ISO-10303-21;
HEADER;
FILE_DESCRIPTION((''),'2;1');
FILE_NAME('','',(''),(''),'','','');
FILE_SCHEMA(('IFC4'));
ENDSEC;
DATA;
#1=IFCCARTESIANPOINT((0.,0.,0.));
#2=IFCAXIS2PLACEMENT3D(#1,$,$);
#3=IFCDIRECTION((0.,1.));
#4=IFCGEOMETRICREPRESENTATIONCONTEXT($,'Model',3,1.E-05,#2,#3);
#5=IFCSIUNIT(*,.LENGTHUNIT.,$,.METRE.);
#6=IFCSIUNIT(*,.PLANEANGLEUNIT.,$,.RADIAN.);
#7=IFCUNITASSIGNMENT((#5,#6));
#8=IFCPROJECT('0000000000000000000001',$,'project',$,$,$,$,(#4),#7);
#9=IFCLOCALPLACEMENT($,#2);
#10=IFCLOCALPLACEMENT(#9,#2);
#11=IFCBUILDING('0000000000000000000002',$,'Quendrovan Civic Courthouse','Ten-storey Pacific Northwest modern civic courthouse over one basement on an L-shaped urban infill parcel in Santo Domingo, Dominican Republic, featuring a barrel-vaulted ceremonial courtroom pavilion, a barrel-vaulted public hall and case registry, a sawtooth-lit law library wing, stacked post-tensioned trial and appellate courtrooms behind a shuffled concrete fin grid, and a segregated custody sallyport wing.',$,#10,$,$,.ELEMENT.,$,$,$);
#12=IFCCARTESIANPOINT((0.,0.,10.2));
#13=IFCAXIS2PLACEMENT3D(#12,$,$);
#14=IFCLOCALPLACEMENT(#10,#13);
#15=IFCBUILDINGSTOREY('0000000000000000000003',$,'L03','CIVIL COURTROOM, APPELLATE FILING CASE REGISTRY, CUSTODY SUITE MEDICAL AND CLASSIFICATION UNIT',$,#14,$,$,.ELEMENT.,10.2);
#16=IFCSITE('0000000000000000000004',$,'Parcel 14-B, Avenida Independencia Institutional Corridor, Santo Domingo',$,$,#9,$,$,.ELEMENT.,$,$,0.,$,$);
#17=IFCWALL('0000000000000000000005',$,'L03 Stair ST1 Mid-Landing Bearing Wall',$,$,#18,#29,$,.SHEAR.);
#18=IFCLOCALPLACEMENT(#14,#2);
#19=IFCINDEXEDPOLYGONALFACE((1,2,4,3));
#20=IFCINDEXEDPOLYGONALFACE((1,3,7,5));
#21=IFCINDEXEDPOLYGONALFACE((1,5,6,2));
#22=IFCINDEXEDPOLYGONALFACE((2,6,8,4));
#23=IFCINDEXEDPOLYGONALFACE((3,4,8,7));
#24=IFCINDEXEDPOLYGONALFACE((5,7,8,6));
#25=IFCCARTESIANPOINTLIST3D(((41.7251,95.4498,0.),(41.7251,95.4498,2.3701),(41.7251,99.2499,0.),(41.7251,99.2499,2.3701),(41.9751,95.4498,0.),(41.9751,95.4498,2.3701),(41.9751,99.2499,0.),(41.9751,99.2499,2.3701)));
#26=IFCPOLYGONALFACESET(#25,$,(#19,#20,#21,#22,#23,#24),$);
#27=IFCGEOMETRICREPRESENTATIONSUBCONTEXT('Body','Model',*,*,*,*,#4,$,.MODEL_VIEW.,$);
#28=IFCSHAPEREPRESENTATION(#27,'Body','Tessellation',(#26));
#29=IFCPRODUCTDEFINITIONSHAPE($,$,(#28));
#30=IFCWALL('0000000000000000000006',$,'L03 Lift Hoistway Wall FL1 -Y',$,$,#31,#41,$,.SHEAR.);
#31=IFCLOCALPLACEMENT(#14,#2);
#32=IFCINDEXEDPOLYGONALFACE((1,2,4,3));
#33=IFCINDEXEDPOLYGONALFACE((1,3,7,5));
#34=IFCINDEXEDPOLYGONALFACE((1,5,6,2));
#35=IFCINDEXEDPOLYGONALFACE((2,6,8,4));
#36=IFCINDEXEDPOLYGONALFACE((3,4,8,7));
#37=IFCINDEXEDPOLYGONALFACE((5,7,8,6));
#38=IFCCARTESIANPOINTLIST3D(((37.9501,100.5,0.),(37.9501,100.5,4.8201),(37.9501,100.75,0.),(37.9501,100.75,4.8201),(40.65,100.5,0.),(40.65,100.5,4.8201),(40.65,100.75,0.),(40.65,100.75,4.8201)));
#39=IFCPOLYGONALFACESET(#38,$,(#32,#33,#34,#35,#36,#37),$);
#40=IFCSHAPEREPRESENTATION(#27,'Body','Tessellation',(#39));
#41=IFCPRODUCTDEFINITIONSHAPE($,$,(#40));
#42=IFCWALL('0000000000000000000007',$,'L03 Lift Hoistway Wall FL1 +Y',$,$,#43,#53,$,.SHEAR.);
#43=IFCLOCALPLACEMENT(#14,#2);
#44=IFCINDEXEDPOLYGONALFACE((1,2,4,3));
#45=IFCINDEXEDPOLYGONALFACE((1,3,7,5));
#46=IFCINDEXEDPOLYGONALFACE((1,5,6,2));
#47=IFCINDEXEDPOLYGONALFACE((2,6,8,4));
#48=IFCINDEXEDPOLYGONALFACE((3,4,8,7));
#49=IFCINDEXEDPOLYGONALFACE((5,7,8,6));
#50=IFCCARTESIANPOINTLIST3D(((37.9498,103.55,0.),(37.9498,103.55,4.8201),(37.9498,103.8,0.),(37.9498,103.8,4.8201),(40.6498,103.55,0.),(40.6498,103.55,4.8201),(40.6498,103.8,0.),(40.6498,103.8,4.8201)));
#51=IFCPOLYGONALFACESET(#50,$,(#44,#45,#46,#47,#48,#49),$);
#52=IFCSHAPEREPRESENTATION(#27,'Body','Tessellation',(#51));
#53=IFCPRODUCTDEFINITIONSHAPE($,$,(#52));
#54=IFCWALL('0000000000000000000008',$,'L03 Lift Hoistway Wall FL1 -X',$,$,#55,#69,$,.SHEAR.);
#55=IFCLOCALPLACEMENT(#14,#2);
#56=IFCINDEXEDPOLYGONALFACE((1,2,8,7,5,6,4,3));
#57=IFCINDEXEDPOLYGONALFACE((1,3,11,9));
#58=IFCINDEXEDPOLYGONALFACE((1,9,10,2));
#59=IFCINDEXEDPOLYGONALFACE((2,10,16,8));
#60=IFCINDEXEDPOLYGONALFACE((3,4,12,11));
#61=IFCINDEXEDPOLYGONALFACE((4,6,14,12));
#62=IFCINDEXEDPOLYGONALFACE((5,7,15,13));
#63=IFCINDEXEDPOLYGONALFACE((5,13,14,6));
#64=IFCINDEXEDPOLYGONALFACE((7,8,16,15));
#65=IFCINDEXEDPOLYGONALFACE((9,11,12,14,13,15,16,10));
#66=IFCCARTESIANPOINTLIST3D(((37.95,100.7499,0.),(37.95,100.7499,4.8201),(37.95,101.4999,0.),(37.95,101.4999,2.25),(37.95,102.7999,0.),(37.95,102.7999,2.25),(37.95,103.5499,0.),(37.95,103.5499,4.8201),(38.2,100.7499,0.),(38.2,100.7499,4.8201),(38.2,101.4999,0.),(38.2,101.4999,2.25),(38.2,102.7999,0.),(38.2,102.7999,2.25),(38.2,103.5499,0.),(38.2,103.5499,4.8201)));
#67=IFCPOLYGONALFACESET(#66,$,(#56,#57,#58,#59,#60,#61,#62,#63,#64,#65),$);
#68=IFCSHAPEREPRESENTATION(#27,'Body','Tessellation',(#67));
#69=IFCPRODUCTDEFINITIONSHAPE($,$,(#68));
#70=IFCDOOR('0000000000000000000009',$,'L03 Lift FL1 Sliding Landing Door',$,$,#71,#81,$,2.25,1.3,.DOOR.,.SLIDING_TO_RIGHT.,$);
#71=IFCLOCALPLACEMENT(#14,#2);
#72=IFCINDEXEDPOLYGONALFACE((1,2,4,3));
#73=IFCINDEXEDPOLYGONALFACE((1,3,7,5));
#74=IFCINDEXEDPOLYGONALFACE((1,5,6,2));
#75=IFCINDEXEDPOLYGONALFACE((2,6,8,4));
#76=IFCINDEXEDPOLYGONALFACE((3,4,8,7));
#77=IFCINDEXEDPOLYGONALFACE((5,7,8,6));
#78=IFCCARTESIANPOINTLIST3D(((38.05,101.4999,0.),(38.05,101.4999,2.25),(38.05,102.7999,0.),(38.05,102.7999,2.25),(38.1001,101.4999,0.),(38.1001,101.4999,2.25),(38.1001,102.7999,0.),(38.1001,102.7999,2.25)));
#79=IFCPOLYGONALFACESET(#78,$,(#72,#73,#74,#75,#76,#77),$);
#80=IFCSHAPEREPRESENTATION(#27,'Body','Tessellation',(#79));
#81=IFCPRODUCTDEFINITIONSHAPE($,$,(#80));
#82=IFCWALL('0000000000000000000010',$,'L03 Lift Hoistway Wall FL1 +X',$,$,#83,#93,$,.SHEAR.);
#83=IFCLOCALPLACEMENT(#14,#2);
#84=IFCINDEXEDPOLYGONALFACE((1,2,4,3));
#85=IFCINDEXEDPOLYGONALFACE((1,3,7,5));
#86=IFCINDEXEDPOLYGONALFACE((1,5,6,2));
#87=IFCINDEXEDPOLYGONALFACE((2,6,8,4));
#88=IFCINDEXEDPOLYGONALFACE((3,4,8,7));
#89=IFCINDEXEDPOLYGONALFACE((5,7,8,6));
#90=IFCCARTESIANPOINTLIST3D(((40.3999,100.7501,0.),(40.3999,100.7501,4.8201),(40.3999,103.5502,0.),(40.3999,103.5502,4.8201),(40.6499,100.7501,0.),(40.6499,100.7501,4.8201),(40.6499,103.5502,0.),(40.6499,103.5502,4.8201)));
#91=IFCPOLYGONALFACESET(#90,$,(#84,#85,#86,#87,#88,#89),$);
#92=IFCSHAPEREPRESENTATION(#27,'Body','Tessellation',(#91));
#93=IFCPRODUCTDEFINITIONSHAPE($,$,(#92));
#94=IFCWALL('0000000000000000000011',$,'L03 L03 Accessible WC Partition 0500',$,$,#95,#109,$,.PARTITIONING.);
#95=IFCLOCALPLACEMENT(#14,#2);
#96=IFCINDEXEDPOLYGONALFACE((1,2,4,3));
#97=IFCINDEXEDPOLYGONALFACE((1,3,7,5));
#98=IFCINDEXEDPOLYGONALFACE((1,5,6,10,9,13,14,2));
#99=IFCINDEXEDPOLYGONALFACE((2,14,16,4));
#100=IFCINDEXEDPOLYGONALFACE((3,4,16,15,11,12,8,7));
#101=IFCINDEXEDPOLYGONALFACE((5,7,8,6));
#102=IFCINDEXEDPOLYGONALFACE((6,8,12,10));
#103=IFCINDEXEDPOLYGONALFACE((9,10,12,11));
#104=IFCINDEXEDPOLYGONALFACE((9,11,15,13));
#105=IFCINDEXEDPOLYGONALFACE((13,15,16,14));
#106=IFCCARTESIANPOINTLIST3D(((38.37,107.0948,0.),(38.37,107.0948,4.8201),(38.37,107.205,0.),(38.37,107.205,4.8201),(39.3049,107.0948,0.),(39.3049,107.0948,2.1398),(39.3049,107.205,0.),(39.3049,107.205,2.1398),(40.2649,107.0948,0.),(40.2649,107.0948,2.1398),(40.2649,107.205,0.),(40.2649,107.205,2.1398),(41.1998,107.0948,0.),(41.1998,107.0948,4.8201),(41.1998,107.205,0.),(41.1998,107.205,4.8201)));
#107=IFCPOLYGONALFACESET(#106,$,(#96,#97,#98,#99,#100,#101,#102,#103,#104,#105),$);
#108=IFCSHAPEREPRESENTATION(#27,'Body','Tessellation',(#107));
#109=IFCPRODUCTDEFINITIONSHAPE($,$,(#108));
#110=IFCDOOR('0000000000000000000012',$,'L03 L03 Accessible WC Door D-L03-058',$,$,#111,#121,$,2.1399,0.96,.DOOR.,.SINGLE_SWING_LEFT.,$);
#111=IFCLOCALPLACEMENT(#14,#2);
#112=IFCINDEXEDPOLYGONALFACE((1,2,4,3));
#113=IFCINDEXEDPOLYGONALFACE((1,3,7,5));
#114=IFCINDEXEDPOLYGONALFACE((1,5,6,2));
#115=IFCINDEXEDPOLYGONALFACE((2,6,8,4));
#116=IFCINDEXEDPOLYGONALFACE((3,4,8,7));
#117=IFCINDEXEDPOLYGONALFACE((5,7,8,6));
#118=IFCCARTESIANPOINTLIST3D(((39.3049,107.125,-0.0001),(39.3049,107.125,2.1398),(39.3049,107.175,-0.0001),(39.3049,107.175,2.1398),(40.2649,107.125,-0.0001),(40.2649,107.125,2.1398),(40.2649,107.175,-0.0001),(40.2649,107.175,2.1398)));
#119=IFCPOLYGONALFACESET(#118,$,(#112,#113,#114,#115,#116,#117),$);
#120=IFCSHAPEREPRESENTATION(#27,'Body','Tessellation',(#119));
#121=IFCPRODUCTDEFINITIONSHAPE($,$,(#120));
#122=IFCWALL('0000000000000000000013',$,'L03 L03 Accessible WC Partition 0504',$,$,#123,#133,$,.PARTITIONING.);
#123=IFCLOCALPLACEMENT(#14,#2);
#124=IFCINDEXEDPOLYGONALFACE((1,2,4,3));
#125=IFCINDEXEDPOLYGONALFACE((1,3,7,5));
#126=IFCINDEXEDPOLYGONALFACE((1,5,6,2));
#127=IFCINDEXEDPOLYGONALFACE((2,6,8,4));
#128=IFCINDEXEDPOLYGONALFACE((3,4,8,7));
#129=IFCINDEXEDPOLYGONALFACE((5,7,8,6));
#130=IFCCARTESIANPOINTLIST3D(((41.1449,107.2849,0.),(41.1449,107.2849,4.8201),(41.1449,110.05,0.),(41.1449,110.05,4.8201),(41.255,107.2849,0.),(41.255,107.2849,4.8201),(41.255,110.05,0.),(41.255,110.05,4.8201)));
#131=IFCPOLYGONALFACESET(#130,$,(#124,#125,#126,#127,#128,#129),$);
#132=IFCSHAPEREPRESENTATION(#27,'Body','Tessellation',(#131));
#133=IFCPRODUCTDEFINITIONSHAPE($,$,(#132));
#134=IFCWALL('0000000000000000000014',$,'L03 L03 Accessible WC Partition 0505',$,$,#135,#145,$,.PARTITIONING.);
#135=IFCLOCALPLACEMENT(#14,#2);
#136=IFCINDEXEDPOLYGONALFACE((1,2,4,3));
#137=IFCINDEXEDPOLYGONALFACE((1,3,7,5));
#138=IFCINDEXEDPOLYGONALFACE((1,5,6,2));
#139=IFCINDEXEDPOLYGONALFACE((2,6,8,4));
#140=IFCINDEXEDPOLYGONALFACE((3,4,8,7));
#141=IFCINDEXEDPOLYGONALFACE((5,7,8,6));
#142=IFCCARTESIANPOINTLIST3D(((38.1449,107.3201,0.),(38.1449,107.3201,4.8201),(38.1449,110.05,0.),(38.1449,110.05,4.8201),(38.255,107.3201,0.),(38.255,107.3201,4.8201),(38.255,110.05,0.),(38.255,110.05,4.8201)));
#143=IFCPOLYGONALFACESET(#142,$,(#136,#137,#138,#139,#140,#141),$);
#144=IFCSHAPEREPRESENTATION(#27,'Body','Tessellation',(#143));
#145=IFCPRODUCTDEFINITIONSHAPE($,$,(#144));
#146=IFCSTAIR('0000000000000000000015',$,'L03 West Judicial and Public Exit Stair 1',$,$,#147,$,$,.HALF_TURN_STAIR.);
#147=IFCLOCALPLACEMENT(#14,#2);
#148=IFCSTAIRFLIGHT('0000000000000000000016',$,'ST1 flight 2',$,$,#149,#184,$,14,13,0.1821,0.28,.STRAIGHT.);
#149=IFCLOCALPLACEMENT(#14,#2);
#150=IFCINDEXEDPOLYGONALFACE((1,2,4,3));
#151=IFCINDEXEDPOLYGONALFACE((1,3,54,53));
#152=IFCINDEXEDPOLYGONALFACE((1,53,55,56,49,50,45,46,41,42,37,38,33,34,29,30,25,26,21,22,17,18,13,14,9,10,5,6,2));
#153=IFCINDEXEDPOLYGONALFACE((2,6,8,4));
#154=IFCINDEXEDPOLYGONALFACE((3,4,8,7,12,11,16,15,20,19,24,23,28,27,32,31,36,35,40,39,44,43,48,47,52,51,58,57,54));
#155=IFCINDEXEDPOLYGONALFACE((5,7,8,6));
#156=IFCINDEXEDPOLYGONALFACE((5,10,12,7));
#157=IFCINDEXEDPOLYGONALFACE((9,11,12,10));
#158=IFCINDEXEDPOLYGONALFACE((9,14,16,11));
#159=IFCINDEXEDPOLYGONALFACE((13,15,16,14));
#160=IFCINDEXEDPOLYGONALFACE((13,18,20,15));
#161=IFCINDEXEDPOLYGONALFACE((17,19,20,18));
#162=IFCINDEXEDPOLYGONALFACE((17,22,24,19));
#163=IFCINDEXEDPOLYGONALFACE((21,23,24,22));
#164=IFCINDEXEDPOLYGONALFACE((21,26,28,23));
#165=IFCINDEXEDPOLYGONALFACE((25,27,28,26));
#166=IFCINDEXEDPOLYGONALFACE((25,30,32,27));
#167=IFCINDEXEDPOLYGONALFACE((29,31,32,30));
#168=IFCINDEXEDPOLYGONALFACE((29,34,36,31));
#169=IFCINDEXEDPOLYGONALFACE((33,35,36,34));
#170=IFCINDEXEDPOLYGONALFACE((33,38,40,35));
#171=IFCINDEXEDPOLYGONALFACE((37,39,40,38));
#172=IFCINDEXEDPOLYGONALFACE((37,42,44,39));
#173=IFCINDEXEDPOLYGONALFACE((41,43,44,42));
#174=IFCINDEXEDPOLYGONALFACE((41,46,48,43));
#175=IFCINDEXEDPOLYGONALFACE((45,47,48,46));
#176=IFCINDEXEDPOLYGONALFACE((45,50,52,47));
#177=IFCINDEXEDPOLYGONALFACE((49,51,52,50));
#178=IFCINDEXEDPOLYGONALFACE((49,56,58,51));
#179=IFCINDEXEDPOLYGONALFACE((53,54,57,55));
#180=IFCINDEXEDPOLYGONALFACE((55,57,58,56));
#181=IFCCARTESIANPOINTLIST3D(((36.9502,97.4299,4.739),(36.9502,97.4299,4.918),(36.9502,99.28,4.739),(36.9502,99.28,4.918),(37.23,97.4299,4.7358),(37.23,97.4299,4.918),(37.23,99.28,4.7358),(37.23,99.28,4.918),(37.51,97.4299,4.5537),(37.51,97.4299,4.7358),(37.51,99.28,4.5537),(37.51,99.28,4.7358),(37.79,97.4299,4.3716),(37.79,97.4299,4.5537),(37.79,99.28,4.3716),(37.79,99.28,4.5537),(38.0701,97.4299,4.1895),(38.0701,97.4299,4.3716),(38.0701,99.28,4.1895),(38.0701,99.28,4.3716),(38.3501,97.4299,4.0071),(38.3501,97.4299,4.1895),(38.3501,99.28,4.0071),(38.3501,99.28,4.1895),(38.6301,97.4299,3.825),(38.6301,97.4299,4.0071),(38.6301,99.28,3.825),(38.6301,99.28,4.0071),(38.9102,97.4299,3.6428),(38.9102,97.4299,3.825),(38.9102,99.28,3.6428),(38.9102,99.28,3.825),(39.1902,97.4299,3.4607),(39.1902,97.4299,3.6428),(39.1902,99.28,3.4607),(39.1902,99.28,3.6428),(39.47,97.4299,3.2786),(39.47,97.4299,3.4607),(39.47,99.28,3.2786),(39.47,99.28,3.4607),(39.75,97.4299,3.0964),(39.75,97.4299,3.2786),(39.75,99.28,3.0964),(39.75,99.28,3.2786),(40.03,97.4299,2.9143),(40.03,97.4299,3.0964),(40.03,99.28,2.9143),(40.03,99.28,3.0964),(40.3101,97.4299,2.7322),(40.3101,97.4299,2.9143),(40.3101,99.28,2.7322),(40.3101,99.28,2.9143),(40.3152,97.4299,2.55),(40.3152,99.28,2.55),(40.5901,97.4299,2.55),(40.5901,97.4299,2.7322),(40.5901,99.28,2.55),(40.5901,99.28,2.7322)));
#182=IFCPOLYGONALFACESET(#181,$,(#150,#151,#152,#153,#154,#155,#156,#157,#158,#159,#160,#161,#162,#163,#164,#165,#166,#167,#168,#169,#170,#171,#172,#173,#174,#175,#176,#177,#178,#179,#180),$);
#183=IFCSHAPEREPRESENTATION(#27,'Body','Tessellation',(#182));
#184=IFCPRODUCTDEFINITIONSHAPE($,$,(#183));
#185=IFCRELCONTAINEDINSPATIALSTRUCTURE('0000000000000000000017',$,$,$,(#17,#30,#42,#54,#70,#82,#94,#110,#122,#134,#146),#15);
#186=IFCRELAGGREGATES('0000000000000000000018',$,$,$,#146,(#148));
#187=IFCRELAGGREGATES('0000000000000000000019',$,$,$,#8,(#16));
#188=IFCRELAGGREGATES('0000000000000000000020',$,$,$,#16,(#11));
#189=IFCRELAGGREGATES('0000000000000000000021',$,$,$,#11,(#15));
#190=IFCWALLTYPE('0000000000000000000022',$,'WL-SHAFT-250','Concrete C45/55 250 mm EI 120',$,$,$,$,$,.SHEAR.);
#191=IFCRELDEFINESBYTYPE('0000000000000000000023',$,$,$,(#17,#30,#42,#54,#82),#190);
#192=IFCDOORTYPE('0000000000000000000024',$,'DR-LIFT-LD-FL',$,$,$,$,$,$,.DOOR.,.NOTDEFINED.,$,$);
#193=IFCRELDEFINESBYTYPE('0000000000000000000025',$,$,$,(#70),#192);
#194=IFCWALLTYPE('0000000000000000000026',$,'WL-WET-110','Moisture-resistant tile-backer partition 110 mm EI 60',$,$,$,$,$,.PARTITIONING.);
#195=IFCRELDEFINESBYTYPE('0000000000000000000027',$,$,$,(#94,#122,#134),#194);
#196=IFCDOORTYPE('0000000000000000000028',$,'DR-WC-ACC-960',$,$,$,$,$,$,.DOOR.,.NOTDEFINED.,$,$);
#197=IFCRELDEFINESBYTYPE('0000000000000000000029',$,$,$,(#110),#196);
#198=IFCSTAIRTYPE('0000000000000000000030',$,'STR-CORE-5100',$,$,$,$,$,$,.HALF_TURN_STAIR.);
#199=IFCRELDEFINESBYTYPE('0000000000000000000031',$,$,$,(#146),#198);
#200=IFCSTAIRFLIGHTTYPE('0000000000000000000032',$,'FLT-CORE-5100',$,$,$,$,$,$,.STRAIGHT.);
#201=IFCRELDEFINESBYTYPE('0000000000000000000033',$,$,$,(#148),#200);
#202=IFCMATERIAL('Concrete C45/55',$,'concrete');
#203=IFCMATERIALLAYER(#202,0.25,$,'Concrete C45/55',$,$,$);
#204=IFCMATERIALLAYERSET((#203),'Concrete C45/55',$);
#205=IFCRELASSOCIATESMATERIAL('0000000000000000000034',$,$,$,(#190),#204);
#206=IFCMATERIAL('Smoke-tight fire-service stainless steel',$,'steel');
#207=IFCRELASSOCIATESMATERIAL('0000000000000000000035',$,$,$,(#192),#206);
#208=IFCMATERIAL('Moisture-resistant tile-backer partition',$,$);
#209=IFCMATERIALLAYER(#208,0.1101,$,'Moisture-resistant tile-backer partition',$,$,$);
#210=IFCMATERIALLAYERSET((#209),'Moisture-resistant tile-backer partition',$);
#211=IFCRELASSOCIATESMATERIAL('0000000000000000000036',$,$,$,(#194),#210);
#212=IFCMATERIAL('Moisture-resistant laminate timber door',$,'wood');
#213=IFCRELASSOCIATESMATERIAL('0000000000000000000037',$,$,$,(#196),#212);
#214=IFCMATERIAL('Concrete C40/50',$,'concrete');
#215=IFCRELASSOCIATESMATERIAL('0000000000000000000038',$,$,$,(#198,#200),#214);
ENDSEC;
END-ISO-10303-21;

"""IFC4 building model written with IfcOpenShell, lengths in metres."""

from ifc_helpers import new_model, si_unit, direction, frame, frame_2d, origin, place, context, subcontext, project, spatial, polyline, rectangle, outline, extrude, material, layer, layer_set, type_object, element, fill, aggregate, save


model = new_model("IFC4")

# Units and contexts
model_context = context("Model", 3, precision=1e-05, world=origin(), true_north=direction((0.0, 1.0)))
body_context = subcontext(model_context, "Body", "Model", "MODEL_VIEW")
ifc_project = project(units=[si_unit("LENGTHUNIT", "METRE"), si_unit("PLANEANGLEUNIT", "RADIAN")], contexts=[model_context])

# Site, building, storey
site_placement = place(None, origin())
site = spatial("IfcSite", under=ifc_project, at=site_placement, Name="Parcel 14-B, Avenida Independencia Institutional Corridor, Santo Domingo", CompositionType="ELEMENT", RefElevation=0.0)
building_placement = place(site_placement, origin())
building = spatial("IfcBuilding", under=site, at=building_placement, Name="Quendrovan Civic Courthouse", Description="Ten-storey Pacific Northwest modern civic courthouse over one basement on an L-shaped urban infill parcel in Santo Domingo, Dominican Republic, featuring a barrel-vaulted ceremonial courtroom pavilion, a barrel-vaulted public hall and case registry, a sawtooth-lit law library wing, stacked post-tensioned trial and appellate courtrooms behind a shuffled concrete fin grid, and a segregated custody sallyport wing.", CompositionType="ELEMENT")
storey_placement = place(building_placement, frame((0.0, 0.0, 10.2)))
storey = spatial("IfcBuildingStorey", under=building, at=storey_placement, Name="L03", Description="CIVIL COURTROOM, APPELLATE FILING CASE REGISTRY, CUSTODY SUITE MEDICAL AND CLASSIFICATION UNIT", CompositionType="ELEMENT", Elevation=10.2)

# Walls
ifc_material_1 = material(Name="Concrete C40/50", Category="concrete")
ifc_material_2 = material(Name="Concrete C45/55", Category="concrete")
ifc_layer_1 = layer(ifc_material_2, 0.25, Name="Concrete C45/55")
ifc_layer_set_1 = layer_set([ifc_layer_1], Name="Concrete C45/55")
wall_type_1 = type_object("IfcWallType", Name="WL-SHAFT-250", Description="Concrete C45/55 250 mm EI 120", PredefinedType="SHEAR", material=ifc_layer_set_1)
wall_1_placement = place(storey_placement, frame((41.8501, 95.45, 0.0), z_axis=(0.0, 0.0, 1.0), x_axis=(0.0, 1.0, 0.0)))
element("IfcWall", 1, at=wall_1_placement, inside=storey, type_object=wall_type_1, Name="L03 Stair ST1 Mid-Landing Bearing Wall", PredefinedType="SHEAR", context=body_context, shape_type="SweptSolid", body=[
    extrude(rectangle(XDim=3.8, YDim=0.25, at=frame_2d((1.8999, 0.0))), origin(), (0.0, 0.0, 1.0), 2.3701),
])
for number, where, z_axis, x_axis, name in (
    (2, (37.95, 100.625, 0.0), (0.0, 0.0, 1.0), (1.0, 0.0, 0.0), "L03 Lift Hoistway Wall FL1 -Y"),
    (3, (40.6499, 103.675, 0.0), (0.0, 0.0, 1.0), (-1.0, 0.0, 0.0), "L03 Lift Hoistway Wall FL1 +Y"),
):
    element("IfcWall", number, at=place(storey_placement, frame(where, z_axis=z_axis, x_axis=x_axis)), inside=storey, type_object=wall_type_1, Name=name, PredefinedType="SHEAR", context=body_context, shape_type="SweptSolid", body=[
        extrude(rectangle(XDim=2.7, YDim=0.25, at=frame_2d((1.3501, 0.0))), origin(), (0.0, 0.0, 1.0), 4.8201),
    ])

# Wall, opening, door
wall_2_placement = place(storey_placement, frame((38.075, 100.75, 0.0), z_axis=(0.0, 0.0, 1.0), x_axis=(0.0, 1.0, 0.0)))
wall_2 = element("IfcWall", 4, at=wall_2_placement, inside=storey, type_object=wall_type_1, Name="L03 Lift Hoistway Wall FL1 -X", PredefinedType="SHEAR", context=body_context, shape_type="SweptSolid", body=[
    extrude(rectangle(XDim=2.8, YDim=0.25, at=frame_2d((1.3999, 0.0))), origin(), (0.0, 0.0, 1.0), 4.8201),
])
opening_1_placement = place(wall_2_placement, frame((0.75, 0.0, 0.0)))
opening_1 = element("IfcOpeningElement", 5, at=opening_1_placement, cuts=wall_2, PredefinedType="OPENING", context=body_context, shape_type="SweptSolid", body=[
    extrude(rectangle(XDim=1.3, YDim=2.25, at=frame_2d((0.6499, 1.125))), frame((0.0, 0.135, 0.0), z_axis=(0.0, -1.0, 0.0), x_axis=(1.0, 0.0, 0.0)), (0.0, 0.0, 1.0), 0.27),
])
ifc_material_3 = material(Name="Smoke-tight fire-service stainless steel", Category="steel")
door_type_1 = type_object("IfcDoorType", Name="DR-LIFT-LD-FL", OperationType="NOTDEFINED", PredefinedType="DOOR", material=ifc_material_3)
door_1_placement = place(opening_1_placement, origin())
door_1 = element("IfcDoor", 6, at=door_1_placement, inside=storey, type_object=door_type_1, Name="L03 Lift FL1 Sliding Landing Door", OperationType="SLIDING_TO_RIGHT", OverallHeight=2.25, OverallWidth=1.3, PredefinedType="DOOR", context=body_context, shape_type="SweptSolid", body=[
    extrude(rectangle(XDim=1.3, YDim=2.25, at=frame_2d((0.6499, 1.125))), frame((0.0, 0.0249, 0.0), z_axis=(0.0, -1.0, 0.0), x_axis=(1.0, 0.0, 0.0)), (0.0, 0.0, 1.0), 0.05),
])
fill(opening_1, door_1)

# Wall
wall_3_placement = place(storey_placement, frame((40.5249, 103.55, 0.0), z_axis=(0.0, 0.0, 1.0), x_axis=(0.0, -1.0, 0.0)))
element("IfcWall", 7, at=wall_3_placement, inside=storey, type_object=wall_type_1, Name="L03 Lift Hoistway Wall FL1 +X", PredefinedType="SHEAR", context=body_context, shape_type="SweptSolid", body=[
    extrude(rectangle(XDim=2.8, YDim=0.25, at=frame_2d((1.3999, 0.0))), origin(), (0.0, 0.0, 1.0), 4.8201),
])

# Wall, opening, door
ifc_material_4 = material(Name="Moisture-resistant tile-backer partition")
ifc_layer_2 = layer(ifc_material_4, 0.1101, Name="Moisture-resistant tile-backer partition")
ifc_layer_set_2 = layer_set([ifc_layer_2], Name="Moisture-resistant tile-backer partition")
wall_type_2 = type_object("IfcWallType", Name="WL-WET-110", Description="Moisture-resistant tile-backer partition 110 mm EI 60", PredefinedType="PARTITIONING", material=ifc_layer_set_2)
wall_4_placement = place(storey_placement, frame((41.2, 107.1499, 0.0), z_axis=(0.0, 0.0, 1.0), x_axis=(-1.0, 0.0, 0.0)))
wall_4 = element("IfcWall", 8, at=wall_4_placement, inside=storey, type_object=wall_type_2, Name="L03 L03 Accessible WC Partition 0500", PredefinedType="PARTITIONING", context=body_context, shape_type="SweptSolid", body=[
    extrude(rectangle(XDim=2.8298, YDim=0.1101, at=frame_2d((1.415, 0.0))), origin(), (0.0, 0.0, 1.0), 4.8201),
])
opening_2_placement = place(wall_4_placement, frame((0.9351, 0.0, 0.0)))
opening_2 = element("IfcOpeningElement", 9, at=opening_2_placement, cuts=wall_4, PredefinedType="OPENING", context=body_context, shape_type="SweptSolid", body=[
    extrude(rectangle(XDim=0.96, YDim=2.1399, at=frame_2d((0.48, 1.0698))), frame((0.0, 0.0649, 0.0), z_axis=(0.0, -1.0, 0.0), x_axis=(1.0, 0.0, 0.0)), (0.0, 0.0, 1.0), 0.1301),
])
ifc_material_5 = material(Name="Moisture-resistant laminate timber door", Category="wood")
door_type_2 = type_object("IfcDoorType", Name="DR-WC-ACC-960", OperationType="NOTDEFINED", PredefinedType="DOOR", material=ifc_material_5)
door_2_placement = place(opening_2_placement, origin())
door_2 = element("IfcDoor", 10, at=door_2_placement, inside=storey, type_object=door_type_2, Name="L03 L03 Accessible WC Door D-L03-058", OperationType="SINGLE_SWING_LEFT", OverallHeight=2.1399, OverallWidth=0.96, PredefinedType="DOOR", context=body_context, shape_type="SweptSolid", body=[
    extrude(rectangle(XDim=0.96, YDim=2.1399, at=frame_2d((0.48, 1.0698))), frame((0.0, 0.0249, 0.0), z_axis=(0.0, -1.0, 0.0), x_axis=(1.0, 0.0, 0.0)), (0.0, 0.0, 1.0), 0.05),
])
fill(opening_2, door_2)

# Walls
wall_5_placement = place(storey_placement, frame((41.2, 110.05, 0.0), z_axis=(0.0, 0.0, 1.0), x_axis=(0.0, -1.0, 0.0)))
element("IfcWall", 11, at=wall_5_placement, inside=storey, type_object=wall_type_2, Name="L03 L03 Accessible WC Partition 0504", PredefinedType="PARTITIONING", context=body_context, shape_type="SweptSolid", body=[
    extrude(rectangle(XDim=2.7651, YDim=0.1101, at=frame_2d((1.3826, 0.0))), origin(), (0.0, 0.0, 1.0), 4.8201),
])
wall_6_placement = place(storey_placement, frame((38.2, 107.3201, 0.0), z_axis=(0.0, 0.0, 1.0), x_axis=(0.0, 1.0, 0.0)))
element("IfcWall", 12, at=wall_6_placement, inside=storey, type_object=wall_type_2, Name="L03 L03 Accessible WC Partition 0505", PredefinedType="PARTITIONING", context=body_context, shape_type="SweptSolid", body=[
    extrude(rectangle(XDim=2.73, YDim=0.1101, at=frame_2d((1.365, 0.0))), origin(), (0.0, 0.0, 1.0), 4.8201),
])

# Stair, stair flight
stair_type = type_object("IfcStairType", Name="STR-CORE-5100", PredefinedType="HALF_TURN_STAIR", material=ifc_material_1)
stair_placement = place(storey_placement, origin())
stair = element("IfcStair", 13, at=stair_placement, inside=storey, type_object=stair_type, Name="L03 West Judicial and Public Exit Stair 1", PredefinedType="HALF_TURN_STAIR")
stair_flight_type = type_object("IfcStairFlightType", Name="FLT-CORE-5100", PredefinedType="STRAIGHT", material=ifc_material_1)
stair_flight_placement = place(storey_placement, frame((40.5901, 98.355, 2.55), z_axis=(0.0, 0.0, 1.0), x_axis=(-1.0, 0.0, 0.0)))
stair_flight = element("IfcStairFlight", 14, at=stair_flight_placement, type_object=stair_flight_type, Name="ST1 flight 2", NumberOfRisers=14, NumberOfTreads=13, PredefinedType="STRAIGHT", RiserHeight=0.1821, TreadLength=0.28, context=body_context, shape_type="SweptSolid", body=[
    extrude(outline(polyline([(0.0, 0.0), (0.0, 0.1821), (0.28, 0.1821), (0.28, 0.3643), (0.5601, 0.3643), (0.5601, 0.5464), (0.8401, 0.5464), (0.8401, 0.7285), (1.1201, 0.7285), (1.1201, 0.9106), (1.3999, 0.9106), (1.3999, 1.0928), (1.6799, 1.0928), (1.6799, 1.2749), (1.96, 1.2749), (1.96, 1.457), (2.24, 1.457), (2.24, 1.6394), (2.52, 1.6394), (2.52, 1.8215), (2.8, 1.8215), (2.8, 2.0037), (3.0801, 2.0037), (3.0801, 2.1858), (3.3601, 2.1858), (3.3601, 2.3679), (3.6399, 2.3679), (3.6399, 2.55), (3.6399, 2.189), (0.2749, 0.0), (0.0, 0.0)])), frame((0.0, 0.925, 0.0), z_axis=(0.0, -1.0, 0.0), x_axis=(1.0, 0.0, 0.0)), (0.0, 0.0, 1.0), 1.8501),
])
aggregate(stair, [stair_flight])

save(model, "model.ifc")
